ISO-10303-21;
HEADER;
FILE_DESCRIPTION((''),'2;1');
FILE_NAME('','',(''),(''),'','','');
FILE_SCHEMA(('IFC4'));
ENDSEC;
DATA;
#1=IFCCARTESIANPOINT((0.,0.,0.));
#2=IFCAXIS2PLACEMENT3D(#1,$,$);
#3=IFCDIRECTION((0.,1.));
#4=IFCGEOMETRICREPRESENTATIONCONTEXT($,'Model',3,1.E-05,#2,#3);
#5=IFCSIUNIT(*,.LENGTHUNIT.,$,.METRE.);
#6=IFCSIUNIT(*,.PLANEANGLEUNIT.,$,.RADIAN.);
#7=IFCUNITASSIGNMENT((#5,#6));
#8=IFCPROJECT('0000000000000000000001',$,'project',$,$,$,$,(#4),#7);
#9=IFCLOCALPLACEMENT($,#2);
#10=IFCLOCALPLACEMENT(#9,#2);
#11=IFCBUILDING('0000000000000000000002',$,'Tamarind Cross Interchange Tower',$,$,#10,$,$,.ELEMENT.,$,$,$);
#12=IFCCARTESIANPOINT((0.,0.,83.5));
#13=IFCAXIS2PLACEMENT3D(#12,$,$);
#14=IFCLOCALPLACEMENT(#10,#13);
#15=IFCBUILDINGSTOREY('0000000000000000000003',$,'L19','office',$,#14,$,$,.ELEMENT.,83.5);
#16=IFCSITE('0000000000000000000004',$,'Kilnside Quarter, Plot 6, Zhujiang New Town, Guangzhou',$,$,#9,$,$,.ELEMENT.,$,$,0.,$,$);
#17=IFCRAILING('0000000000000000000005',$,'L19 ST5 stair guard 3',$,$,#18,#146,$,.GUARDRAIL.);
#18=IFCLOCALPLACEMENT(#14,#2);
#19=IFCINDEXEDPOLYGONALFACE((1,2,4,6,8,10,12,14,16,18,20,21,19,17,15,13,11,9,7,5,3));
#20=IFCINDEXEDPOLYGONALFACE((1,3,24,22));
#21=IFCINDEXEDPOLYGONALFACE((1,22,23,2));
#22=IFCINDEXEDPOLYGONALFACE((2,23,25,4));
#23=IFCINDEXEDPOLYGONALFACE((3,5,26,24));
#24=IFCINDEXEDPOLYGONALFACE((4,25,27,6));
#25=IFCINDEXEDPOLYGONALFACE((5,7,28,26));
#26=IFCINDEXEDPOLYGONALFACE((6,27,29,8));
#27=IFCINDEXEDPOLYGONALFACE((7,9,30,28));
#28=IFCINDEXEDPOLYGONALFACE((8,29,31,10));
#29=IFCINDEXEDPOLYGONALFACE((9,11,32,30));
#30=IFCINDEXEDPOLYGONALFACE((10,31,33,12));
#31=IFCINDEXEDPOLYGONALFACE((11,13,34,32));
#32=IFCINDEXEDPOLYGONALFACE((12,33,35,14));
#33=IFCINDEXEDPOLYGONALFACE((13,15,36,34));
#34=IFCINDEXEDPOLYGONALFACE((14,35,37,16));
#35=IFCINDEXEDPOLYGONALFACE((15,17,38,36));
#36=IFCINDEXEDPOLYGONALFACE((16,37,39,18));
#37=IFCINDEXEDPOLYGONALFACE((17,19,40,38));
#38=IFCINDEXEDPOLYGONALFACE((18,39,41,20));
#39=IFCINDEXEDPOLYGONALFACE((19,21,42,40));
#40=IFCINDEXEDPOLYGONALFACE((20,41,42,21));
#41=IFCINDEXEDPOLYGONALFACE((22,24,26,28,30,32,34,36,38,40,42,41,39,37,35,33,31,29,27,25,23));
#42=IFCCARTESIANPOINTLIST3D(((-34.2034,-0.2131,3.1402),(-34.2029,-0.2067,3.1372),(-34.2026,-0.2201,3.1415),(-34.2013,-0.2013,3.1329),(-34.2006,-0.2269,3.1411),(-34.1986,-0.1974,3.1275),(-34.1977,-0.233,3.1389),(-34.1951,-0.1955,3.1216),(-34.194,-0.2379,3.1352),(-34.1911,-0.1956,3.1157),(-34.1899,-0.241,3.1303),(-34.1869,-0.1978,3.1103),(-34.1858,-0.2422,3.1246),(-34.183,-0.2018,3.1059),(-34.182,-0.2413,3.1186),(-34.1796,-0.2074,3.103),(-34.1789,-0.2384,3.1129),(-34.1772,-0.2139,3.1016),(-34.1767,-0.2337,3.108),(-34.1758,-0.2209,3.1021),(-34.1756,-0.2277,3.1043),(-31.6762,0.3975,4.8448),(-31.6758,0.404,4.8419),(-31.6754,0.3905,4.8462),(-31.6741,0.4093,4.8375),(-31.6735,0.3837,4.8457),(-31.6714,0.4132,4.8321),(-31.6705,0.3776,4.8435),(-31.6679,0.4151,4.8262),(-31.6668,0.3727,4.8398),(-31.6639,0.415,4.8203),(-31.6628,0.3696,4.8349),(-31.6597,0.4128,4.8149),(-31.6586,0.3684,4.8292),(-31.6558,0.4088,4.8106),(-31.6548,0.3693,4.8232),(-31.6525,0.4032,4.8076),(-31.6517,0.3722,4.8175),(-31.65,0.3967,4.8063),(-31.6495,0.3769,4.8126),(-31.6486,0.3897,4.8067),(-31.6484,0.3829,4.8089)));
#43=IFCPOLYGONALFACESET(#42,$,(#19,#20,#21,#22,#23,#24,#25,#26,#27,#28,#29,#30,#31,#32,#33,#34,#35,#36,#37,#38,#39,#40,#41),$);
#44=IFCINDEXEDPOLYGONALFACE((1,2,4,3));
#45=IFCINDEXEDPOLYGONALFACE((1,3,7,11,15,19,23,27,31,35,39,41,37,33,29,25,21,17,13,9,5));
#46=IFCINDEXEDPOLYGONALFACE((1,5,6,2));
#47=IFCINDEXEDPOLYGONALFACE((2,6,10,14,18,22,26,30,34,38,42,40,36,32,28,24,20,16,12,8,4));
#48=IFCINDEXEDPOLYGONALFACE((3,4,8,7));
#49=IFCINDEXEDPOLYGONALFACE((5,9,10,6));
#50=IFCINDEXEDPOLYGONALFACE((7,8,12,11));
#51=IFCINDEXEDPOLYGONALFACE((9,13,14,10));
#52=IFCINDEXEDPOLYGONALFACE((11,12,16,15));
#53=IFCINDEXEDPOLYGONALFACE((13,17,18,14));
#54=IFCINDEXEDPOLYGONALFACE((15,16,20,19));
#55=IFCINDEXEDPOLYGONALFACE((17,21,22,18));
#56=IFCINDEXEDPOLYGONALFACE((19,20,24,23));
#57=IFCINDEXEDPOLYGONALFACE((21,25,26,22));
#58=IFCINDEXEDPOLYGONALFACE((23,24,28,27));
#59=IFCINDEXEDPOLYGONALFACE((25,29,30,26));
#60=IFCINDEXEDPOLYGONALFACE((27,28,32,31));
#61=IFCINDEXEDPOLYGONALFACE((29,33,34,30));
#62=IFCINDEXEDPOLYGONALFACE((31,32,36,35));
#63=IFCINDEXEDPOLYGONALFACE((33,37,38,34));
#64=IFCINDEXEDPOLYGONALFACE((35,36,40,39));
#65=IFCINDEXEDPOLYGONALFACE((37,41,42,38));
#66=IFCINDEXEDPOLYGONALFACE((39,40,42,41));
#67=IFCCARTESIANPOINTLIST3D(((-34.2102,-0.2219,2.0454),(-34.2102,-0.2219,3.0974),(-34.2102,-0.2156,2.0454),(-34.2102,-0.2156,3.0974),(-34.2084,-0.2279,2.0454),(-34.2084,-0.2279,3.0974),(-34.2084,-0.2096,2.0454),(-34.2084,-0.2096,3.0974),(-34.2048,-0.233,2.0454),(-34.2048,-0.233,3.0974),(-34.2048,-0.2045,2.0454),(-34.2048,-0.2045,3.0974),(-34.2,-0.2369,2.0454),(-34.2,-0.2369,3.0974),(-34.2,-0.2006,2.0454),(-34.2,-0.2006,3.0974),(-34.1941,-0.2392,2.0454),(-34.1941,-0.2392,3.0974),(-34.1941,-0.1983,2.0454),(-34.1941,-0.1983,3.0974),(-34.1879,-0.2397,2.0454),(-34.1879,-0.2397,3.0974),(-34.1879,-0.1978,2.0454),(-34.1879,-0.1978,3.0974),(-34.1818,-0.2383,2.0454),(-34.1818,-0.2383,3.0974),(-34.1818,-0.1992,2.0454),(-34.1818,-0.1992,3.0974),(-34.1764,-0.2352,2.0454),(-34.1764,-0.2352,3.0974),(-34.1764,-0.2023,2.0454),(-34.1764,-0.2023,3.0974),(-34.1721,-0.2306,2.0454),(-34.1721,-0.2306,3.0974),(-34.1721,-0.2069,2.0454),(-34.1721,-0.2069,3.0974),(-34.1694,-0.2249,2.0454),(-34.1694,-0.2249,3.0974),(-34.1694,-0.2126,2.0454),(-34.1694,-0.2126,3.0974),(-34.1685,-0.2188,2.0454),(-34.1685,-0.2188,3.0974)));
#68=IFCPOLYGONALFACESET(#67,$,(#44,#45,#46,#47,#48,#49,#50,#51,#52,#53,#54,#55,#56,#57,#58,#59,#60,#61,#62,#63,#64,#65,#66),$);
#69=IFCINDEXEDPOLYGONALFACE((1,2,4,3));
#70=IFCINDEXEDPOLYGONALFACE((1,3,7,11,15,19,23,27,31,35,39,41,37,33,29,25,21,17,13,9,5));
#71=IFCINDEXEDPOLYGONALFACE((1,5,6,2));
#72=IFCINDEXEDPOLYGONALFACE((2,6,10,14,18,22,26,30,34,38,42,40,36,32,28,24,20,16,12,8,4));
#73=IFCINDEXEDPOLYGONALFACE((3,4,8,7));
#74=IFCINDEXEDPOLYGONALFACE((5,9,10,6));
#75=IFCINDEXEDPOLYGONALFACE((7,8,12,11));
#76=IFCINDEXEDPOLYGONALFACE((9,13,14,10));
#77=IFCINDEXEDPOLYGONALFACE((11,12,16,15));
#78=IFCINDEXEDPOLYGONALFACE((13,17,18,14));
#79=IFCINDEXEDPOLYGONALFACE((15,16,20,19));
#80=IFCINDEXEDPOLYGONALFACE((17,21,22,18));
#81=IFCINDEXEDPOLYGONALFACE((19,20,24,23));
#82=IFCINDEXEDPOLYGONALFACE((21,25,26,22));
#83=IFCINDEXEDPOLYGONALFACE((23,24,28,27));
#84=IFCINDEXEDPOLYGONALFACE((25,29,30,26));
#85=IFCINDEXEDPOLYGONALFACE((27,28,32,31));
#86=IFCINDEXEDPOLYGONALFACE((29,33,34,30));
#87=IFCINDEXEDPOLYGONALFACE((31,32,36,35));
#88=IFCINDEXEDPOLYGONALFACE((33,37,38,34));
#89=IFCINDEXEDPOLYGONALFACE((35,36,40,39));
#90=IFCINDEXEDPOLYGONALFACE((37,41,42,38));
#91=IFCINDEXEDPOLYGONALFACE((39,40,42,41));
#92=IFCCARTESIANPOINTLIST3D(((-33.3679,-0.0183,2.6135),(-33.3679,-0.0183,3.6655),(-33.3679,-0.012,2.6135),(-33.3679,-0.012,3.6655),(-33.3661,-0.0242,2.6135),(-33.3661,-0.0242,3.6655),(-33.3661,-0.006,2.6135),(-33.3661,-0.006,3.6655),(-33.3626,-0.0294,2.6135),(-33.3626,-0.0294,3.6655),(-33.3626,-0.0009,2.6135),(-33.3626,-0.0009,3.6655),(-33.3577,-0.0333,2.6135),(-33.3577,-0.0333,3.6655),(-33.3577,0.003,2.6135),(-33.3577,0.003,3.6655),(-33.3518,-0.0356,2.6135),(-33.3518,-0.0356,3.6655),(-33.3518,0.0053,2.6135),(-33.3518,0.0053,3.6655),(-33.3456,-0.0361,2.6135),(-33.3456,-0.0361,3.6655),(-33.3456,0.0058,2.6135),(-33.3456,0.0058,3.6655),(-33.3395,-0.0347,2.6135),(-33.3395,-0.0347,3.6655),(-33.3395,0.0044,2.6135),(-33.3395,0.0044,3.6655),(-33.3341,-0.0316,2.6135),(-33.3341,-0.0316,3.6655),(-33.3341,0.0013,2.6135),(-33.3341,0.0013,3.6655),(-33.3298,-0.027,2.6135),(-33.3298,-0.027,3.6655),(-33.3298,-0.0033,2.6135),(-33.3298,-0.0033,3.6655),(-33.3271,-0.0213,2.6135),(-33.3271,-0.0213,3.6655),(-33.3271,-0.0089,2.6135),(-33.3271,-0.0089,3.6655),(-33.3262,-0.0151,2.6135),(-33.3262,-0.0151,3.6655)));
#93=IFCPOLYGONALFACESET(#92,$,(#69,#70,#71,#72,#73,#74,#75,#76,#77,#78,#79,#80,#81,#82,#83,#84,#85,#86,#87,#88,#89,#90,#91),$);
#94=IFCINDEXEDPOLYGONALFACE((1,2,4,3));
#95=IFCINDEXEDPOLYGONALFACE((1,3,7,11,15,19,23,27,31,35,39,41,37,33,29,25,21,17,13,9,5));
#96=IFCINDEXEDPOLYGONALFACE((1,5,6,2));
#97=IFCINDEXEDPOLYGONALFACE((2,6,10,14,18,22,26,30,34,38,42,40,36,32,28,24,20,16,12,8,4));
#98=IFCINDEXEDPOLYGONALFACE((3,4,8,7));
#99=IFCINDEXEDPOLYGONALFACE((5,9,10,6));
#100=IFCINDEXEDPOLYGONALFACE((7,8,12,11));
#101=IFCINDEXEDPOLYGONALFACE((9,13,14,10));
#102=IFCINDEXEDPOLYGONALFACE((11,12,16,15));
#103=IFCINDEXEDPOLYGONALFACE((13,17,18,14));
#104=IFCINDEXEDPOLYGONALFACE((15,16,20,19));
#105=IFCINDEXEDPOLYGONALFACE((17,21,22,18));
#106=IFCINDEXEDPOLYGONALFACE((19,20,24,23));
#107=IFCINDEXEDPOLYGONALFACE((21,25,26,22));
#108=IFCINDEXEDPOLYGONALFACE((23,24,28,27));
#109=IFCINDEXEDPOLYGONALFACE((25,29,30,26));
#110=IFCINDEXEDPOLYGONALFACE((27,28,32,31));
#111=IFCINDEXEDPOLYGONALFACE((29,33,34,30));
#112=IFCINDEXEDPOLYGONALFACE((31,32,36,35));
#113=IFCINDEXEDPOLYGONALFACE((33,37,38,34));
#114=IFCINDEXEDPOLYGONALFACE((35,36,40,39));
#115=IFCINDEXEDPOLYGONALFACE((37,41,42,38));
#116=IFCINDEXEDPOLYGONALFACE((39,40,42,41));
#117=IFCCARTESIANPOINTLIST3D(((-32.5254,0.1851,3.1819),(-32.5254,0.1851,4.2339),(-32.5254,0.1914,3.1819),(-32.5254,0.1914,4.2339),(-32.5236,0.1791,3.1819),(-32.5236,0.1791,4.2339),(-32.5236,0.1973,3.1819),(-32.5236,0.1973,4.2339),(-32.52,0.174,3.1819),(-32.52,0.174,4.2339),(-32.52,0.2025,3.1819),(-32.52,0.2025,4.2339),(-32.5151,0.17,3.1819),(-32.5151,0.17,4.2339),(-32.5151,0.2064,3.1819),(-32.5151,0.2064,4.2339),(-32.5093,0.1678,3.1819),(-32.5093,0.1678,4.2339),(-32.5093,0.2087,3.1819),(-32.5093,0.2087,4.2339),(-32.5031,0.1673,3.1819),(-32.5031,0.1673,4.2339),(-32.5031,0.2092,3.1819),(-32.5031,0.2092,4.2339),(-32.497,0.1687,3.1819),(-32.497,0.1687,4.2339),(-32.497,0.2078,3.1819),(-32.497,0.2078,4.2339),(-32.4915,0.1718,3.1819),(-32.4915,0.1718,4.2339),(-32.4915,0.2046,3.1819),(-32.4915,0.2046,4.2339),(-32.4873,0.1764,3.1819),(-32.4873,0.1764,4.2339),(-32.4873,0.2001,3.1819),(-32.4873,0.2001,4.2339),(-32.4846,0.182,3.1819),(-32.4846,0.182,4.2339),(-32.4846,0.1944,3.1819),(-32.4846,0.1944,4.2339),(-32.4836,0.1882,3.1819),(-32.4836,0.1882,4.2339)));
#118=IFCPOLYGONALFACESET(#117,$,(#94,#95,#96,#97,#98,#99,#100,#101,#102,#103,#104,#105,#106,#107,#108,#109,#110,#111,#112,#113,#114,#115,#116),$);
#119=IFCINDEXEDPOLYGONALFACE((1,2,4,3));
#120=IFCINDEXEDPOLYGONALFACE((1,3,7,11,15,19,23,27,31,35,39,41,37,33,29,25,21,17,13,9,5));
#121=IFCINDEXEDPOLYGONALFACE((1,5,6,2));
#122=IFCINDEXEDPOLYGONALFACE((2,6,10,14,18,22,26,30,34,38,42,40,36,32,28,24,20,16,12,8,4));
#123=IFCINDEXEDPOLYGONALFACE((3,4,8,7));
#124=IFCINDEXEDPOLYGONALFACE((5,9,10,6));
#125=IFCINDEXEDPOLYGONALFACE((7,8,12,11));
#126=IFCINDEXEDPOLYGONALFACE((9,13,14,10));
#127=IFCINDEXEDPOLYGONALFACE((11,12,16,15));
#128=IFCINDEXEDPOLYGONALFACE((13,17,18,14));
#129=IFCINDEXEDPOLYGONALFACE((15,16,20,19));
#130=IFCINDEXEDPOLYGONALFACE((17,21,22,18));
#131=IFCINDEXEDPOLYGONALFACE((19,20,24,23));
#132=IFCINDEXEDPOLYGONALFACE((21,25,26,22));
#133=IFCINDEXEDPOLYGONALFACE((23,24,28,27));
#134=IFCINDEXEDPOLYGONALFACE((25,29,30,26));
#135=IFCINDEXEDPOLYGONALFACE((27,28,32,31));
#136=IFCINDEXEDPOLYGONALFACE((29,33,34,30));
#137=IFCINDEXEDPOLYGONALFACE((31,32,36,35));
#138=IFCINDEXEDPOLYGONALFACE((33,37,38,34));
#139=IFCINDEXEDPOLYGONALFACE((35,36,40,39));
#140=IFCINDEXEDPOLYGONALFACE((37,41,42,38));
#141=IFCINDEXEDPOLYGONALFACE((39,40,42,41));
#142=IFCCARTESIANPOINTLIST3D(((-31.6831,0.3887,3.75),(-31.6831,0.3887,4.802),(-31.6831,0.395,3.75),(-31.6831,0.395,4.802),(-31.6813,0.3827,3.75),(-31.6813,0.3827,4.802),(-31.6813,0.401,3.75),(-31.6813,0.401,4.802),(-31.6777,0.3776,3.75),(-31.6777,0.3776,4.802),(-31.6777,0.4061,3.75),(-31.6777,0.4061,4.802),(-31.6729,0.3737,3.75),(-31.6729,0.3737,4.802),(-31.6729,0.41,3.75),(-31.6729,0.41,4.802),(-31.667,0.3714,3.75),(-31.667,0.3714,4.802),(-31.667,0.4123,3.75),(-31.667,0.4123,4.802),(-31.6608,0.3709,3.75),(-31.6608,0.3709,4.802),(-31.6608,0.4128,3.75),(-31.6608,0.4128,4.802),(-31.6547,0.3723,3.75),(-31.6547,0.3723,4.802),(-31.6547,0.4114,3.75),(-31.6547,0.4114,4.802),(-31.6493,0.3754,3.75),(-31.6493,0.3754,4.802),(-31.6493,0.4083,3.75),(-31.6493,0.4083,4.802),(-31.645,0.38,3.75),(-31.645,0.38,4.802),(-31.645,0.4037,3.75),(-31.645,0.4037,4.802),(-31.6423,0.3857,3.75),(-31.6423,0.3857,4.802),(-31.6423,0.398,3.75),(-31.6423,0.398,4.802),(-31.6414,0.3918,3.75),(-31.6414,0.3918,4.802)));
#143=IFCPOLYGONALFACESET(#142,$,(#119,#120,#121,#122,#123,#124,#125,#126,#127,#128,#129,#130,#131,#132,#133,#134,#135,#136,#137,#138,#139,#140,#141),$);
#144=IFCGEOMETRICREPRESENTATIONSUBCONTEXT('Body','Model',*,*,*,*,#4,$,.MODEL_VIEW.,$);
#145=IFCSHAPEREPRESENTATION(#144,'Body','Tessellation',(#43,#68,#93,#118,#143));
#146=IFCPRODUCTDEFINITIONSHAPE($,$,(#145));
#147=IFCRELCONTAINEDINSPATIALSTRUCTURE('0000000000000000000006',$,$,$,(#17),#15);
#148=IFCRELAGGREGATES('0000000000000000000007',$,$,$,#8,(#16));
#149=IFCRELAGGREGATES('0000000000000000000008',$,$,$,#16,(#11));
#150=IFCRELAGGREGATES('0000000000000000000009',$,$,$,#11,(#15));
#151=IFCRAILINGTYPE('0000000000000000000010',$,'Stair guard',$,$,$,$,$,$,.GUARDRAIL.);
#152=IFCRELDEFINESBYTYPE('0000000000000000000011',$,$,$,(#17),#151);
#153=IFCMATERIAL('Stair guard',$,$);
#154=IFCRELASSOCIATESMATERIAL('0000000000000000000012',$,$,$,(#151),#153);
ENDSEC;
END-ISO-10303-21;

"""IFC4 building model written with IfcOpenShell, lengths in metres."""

from ifc_helpers import new_model, si_unit, direction, frame, origin, origin_2d, place, context, subcontext, project, spatial, circle, extrude, material, type_object, element, save


model = new_model("IFC4")

# Units and contexts
model_context = context("Model", 3, precision=1e-05, world=origin(), true_north=direction((0.0, 1.0)))
body_context = subcontext(model_context, "Body", "Model", "MODEL_VIEW")
ifc_project = project(units=[si_unit("LENGTHUNIT", "METRE"), si_unit("PLANEANGLEUNIT", "RADIAN")], contexts=[model_context])

# Site, building, storey
site_placement = place(None, origin())
site = spatial("IfcSite", under=ifc_project, at=site_placement, Name="Kilnside Quarter, Plot 6, Zhujiang New Town, Guangzhou", CompositionType="ELEMENT", RefElevation=0.0)
building_placement = place(site_placement, origin())
building = spatial("IfcBuilding", under=site, at=building_placement, Name="Tamarind Cross Interchange Tower", CompositionType="ELEMENT")
storey_placement = place(building_placement, frame((0.0, 0.0, 83.5)))
storey = spatial("IfcBuildingStorey", under=building, at=storey_placement, Name="L19", Description="office", CompositionType="ELEMENT", Elevation=83.5)

# Railing
ifc_material_1 = material(Name="Stair guard")
railing_type_1 = type_object("IfcRailingType", Name="Stair guard", PredefinedType="GUARDRAIL", material=ifc_material_1)
railing_1_placement = place(storey_placement, frame((-34.1895, -0.2188, 2.0454)))
element("IfcRailing", 1, at=railing_1_placement, inside=storey, type_object=railing_type_1, Name="L19 ST5 stair guard 3", PredefinedType="GUARDRAIL", context=body_context, shape_type="SweptSolid", body=[
    extrude(circle(Radius=0.0239, at=origin_2d()), frame((0.0, 0.0, 1.0762), z_axis=(0.812884, 0.196408, 0.54831), x_axis=(-0.234861, 0.972029, 0.0)), (0.0, 0.0, 1.0), 3.1089),
    extrude(circle(Radius=0.021, at=origin_2d()), origin(), (0.0, 0.0, 1.0), 1.052),
    extrude(circle(Radius=0.021, at=origin_2d()), frame((0.8423, 0.2036, 0.5681)), (0.0, 0.0, 1.0), 1.052),
    extrude(circle(Radius=0.021, at=origin_2d()), frame((1.6848, 0.407, 1.1365)), (0.0, 0.0, 1.0), 1.052),
    extrude(circle(Radius=0.021, at=origin_2d()), frame((2.5271, 0.6106, 1.7046)), (0.0, 0.0, 1.0), 1.052),
])

save(model, "model.ifc")
